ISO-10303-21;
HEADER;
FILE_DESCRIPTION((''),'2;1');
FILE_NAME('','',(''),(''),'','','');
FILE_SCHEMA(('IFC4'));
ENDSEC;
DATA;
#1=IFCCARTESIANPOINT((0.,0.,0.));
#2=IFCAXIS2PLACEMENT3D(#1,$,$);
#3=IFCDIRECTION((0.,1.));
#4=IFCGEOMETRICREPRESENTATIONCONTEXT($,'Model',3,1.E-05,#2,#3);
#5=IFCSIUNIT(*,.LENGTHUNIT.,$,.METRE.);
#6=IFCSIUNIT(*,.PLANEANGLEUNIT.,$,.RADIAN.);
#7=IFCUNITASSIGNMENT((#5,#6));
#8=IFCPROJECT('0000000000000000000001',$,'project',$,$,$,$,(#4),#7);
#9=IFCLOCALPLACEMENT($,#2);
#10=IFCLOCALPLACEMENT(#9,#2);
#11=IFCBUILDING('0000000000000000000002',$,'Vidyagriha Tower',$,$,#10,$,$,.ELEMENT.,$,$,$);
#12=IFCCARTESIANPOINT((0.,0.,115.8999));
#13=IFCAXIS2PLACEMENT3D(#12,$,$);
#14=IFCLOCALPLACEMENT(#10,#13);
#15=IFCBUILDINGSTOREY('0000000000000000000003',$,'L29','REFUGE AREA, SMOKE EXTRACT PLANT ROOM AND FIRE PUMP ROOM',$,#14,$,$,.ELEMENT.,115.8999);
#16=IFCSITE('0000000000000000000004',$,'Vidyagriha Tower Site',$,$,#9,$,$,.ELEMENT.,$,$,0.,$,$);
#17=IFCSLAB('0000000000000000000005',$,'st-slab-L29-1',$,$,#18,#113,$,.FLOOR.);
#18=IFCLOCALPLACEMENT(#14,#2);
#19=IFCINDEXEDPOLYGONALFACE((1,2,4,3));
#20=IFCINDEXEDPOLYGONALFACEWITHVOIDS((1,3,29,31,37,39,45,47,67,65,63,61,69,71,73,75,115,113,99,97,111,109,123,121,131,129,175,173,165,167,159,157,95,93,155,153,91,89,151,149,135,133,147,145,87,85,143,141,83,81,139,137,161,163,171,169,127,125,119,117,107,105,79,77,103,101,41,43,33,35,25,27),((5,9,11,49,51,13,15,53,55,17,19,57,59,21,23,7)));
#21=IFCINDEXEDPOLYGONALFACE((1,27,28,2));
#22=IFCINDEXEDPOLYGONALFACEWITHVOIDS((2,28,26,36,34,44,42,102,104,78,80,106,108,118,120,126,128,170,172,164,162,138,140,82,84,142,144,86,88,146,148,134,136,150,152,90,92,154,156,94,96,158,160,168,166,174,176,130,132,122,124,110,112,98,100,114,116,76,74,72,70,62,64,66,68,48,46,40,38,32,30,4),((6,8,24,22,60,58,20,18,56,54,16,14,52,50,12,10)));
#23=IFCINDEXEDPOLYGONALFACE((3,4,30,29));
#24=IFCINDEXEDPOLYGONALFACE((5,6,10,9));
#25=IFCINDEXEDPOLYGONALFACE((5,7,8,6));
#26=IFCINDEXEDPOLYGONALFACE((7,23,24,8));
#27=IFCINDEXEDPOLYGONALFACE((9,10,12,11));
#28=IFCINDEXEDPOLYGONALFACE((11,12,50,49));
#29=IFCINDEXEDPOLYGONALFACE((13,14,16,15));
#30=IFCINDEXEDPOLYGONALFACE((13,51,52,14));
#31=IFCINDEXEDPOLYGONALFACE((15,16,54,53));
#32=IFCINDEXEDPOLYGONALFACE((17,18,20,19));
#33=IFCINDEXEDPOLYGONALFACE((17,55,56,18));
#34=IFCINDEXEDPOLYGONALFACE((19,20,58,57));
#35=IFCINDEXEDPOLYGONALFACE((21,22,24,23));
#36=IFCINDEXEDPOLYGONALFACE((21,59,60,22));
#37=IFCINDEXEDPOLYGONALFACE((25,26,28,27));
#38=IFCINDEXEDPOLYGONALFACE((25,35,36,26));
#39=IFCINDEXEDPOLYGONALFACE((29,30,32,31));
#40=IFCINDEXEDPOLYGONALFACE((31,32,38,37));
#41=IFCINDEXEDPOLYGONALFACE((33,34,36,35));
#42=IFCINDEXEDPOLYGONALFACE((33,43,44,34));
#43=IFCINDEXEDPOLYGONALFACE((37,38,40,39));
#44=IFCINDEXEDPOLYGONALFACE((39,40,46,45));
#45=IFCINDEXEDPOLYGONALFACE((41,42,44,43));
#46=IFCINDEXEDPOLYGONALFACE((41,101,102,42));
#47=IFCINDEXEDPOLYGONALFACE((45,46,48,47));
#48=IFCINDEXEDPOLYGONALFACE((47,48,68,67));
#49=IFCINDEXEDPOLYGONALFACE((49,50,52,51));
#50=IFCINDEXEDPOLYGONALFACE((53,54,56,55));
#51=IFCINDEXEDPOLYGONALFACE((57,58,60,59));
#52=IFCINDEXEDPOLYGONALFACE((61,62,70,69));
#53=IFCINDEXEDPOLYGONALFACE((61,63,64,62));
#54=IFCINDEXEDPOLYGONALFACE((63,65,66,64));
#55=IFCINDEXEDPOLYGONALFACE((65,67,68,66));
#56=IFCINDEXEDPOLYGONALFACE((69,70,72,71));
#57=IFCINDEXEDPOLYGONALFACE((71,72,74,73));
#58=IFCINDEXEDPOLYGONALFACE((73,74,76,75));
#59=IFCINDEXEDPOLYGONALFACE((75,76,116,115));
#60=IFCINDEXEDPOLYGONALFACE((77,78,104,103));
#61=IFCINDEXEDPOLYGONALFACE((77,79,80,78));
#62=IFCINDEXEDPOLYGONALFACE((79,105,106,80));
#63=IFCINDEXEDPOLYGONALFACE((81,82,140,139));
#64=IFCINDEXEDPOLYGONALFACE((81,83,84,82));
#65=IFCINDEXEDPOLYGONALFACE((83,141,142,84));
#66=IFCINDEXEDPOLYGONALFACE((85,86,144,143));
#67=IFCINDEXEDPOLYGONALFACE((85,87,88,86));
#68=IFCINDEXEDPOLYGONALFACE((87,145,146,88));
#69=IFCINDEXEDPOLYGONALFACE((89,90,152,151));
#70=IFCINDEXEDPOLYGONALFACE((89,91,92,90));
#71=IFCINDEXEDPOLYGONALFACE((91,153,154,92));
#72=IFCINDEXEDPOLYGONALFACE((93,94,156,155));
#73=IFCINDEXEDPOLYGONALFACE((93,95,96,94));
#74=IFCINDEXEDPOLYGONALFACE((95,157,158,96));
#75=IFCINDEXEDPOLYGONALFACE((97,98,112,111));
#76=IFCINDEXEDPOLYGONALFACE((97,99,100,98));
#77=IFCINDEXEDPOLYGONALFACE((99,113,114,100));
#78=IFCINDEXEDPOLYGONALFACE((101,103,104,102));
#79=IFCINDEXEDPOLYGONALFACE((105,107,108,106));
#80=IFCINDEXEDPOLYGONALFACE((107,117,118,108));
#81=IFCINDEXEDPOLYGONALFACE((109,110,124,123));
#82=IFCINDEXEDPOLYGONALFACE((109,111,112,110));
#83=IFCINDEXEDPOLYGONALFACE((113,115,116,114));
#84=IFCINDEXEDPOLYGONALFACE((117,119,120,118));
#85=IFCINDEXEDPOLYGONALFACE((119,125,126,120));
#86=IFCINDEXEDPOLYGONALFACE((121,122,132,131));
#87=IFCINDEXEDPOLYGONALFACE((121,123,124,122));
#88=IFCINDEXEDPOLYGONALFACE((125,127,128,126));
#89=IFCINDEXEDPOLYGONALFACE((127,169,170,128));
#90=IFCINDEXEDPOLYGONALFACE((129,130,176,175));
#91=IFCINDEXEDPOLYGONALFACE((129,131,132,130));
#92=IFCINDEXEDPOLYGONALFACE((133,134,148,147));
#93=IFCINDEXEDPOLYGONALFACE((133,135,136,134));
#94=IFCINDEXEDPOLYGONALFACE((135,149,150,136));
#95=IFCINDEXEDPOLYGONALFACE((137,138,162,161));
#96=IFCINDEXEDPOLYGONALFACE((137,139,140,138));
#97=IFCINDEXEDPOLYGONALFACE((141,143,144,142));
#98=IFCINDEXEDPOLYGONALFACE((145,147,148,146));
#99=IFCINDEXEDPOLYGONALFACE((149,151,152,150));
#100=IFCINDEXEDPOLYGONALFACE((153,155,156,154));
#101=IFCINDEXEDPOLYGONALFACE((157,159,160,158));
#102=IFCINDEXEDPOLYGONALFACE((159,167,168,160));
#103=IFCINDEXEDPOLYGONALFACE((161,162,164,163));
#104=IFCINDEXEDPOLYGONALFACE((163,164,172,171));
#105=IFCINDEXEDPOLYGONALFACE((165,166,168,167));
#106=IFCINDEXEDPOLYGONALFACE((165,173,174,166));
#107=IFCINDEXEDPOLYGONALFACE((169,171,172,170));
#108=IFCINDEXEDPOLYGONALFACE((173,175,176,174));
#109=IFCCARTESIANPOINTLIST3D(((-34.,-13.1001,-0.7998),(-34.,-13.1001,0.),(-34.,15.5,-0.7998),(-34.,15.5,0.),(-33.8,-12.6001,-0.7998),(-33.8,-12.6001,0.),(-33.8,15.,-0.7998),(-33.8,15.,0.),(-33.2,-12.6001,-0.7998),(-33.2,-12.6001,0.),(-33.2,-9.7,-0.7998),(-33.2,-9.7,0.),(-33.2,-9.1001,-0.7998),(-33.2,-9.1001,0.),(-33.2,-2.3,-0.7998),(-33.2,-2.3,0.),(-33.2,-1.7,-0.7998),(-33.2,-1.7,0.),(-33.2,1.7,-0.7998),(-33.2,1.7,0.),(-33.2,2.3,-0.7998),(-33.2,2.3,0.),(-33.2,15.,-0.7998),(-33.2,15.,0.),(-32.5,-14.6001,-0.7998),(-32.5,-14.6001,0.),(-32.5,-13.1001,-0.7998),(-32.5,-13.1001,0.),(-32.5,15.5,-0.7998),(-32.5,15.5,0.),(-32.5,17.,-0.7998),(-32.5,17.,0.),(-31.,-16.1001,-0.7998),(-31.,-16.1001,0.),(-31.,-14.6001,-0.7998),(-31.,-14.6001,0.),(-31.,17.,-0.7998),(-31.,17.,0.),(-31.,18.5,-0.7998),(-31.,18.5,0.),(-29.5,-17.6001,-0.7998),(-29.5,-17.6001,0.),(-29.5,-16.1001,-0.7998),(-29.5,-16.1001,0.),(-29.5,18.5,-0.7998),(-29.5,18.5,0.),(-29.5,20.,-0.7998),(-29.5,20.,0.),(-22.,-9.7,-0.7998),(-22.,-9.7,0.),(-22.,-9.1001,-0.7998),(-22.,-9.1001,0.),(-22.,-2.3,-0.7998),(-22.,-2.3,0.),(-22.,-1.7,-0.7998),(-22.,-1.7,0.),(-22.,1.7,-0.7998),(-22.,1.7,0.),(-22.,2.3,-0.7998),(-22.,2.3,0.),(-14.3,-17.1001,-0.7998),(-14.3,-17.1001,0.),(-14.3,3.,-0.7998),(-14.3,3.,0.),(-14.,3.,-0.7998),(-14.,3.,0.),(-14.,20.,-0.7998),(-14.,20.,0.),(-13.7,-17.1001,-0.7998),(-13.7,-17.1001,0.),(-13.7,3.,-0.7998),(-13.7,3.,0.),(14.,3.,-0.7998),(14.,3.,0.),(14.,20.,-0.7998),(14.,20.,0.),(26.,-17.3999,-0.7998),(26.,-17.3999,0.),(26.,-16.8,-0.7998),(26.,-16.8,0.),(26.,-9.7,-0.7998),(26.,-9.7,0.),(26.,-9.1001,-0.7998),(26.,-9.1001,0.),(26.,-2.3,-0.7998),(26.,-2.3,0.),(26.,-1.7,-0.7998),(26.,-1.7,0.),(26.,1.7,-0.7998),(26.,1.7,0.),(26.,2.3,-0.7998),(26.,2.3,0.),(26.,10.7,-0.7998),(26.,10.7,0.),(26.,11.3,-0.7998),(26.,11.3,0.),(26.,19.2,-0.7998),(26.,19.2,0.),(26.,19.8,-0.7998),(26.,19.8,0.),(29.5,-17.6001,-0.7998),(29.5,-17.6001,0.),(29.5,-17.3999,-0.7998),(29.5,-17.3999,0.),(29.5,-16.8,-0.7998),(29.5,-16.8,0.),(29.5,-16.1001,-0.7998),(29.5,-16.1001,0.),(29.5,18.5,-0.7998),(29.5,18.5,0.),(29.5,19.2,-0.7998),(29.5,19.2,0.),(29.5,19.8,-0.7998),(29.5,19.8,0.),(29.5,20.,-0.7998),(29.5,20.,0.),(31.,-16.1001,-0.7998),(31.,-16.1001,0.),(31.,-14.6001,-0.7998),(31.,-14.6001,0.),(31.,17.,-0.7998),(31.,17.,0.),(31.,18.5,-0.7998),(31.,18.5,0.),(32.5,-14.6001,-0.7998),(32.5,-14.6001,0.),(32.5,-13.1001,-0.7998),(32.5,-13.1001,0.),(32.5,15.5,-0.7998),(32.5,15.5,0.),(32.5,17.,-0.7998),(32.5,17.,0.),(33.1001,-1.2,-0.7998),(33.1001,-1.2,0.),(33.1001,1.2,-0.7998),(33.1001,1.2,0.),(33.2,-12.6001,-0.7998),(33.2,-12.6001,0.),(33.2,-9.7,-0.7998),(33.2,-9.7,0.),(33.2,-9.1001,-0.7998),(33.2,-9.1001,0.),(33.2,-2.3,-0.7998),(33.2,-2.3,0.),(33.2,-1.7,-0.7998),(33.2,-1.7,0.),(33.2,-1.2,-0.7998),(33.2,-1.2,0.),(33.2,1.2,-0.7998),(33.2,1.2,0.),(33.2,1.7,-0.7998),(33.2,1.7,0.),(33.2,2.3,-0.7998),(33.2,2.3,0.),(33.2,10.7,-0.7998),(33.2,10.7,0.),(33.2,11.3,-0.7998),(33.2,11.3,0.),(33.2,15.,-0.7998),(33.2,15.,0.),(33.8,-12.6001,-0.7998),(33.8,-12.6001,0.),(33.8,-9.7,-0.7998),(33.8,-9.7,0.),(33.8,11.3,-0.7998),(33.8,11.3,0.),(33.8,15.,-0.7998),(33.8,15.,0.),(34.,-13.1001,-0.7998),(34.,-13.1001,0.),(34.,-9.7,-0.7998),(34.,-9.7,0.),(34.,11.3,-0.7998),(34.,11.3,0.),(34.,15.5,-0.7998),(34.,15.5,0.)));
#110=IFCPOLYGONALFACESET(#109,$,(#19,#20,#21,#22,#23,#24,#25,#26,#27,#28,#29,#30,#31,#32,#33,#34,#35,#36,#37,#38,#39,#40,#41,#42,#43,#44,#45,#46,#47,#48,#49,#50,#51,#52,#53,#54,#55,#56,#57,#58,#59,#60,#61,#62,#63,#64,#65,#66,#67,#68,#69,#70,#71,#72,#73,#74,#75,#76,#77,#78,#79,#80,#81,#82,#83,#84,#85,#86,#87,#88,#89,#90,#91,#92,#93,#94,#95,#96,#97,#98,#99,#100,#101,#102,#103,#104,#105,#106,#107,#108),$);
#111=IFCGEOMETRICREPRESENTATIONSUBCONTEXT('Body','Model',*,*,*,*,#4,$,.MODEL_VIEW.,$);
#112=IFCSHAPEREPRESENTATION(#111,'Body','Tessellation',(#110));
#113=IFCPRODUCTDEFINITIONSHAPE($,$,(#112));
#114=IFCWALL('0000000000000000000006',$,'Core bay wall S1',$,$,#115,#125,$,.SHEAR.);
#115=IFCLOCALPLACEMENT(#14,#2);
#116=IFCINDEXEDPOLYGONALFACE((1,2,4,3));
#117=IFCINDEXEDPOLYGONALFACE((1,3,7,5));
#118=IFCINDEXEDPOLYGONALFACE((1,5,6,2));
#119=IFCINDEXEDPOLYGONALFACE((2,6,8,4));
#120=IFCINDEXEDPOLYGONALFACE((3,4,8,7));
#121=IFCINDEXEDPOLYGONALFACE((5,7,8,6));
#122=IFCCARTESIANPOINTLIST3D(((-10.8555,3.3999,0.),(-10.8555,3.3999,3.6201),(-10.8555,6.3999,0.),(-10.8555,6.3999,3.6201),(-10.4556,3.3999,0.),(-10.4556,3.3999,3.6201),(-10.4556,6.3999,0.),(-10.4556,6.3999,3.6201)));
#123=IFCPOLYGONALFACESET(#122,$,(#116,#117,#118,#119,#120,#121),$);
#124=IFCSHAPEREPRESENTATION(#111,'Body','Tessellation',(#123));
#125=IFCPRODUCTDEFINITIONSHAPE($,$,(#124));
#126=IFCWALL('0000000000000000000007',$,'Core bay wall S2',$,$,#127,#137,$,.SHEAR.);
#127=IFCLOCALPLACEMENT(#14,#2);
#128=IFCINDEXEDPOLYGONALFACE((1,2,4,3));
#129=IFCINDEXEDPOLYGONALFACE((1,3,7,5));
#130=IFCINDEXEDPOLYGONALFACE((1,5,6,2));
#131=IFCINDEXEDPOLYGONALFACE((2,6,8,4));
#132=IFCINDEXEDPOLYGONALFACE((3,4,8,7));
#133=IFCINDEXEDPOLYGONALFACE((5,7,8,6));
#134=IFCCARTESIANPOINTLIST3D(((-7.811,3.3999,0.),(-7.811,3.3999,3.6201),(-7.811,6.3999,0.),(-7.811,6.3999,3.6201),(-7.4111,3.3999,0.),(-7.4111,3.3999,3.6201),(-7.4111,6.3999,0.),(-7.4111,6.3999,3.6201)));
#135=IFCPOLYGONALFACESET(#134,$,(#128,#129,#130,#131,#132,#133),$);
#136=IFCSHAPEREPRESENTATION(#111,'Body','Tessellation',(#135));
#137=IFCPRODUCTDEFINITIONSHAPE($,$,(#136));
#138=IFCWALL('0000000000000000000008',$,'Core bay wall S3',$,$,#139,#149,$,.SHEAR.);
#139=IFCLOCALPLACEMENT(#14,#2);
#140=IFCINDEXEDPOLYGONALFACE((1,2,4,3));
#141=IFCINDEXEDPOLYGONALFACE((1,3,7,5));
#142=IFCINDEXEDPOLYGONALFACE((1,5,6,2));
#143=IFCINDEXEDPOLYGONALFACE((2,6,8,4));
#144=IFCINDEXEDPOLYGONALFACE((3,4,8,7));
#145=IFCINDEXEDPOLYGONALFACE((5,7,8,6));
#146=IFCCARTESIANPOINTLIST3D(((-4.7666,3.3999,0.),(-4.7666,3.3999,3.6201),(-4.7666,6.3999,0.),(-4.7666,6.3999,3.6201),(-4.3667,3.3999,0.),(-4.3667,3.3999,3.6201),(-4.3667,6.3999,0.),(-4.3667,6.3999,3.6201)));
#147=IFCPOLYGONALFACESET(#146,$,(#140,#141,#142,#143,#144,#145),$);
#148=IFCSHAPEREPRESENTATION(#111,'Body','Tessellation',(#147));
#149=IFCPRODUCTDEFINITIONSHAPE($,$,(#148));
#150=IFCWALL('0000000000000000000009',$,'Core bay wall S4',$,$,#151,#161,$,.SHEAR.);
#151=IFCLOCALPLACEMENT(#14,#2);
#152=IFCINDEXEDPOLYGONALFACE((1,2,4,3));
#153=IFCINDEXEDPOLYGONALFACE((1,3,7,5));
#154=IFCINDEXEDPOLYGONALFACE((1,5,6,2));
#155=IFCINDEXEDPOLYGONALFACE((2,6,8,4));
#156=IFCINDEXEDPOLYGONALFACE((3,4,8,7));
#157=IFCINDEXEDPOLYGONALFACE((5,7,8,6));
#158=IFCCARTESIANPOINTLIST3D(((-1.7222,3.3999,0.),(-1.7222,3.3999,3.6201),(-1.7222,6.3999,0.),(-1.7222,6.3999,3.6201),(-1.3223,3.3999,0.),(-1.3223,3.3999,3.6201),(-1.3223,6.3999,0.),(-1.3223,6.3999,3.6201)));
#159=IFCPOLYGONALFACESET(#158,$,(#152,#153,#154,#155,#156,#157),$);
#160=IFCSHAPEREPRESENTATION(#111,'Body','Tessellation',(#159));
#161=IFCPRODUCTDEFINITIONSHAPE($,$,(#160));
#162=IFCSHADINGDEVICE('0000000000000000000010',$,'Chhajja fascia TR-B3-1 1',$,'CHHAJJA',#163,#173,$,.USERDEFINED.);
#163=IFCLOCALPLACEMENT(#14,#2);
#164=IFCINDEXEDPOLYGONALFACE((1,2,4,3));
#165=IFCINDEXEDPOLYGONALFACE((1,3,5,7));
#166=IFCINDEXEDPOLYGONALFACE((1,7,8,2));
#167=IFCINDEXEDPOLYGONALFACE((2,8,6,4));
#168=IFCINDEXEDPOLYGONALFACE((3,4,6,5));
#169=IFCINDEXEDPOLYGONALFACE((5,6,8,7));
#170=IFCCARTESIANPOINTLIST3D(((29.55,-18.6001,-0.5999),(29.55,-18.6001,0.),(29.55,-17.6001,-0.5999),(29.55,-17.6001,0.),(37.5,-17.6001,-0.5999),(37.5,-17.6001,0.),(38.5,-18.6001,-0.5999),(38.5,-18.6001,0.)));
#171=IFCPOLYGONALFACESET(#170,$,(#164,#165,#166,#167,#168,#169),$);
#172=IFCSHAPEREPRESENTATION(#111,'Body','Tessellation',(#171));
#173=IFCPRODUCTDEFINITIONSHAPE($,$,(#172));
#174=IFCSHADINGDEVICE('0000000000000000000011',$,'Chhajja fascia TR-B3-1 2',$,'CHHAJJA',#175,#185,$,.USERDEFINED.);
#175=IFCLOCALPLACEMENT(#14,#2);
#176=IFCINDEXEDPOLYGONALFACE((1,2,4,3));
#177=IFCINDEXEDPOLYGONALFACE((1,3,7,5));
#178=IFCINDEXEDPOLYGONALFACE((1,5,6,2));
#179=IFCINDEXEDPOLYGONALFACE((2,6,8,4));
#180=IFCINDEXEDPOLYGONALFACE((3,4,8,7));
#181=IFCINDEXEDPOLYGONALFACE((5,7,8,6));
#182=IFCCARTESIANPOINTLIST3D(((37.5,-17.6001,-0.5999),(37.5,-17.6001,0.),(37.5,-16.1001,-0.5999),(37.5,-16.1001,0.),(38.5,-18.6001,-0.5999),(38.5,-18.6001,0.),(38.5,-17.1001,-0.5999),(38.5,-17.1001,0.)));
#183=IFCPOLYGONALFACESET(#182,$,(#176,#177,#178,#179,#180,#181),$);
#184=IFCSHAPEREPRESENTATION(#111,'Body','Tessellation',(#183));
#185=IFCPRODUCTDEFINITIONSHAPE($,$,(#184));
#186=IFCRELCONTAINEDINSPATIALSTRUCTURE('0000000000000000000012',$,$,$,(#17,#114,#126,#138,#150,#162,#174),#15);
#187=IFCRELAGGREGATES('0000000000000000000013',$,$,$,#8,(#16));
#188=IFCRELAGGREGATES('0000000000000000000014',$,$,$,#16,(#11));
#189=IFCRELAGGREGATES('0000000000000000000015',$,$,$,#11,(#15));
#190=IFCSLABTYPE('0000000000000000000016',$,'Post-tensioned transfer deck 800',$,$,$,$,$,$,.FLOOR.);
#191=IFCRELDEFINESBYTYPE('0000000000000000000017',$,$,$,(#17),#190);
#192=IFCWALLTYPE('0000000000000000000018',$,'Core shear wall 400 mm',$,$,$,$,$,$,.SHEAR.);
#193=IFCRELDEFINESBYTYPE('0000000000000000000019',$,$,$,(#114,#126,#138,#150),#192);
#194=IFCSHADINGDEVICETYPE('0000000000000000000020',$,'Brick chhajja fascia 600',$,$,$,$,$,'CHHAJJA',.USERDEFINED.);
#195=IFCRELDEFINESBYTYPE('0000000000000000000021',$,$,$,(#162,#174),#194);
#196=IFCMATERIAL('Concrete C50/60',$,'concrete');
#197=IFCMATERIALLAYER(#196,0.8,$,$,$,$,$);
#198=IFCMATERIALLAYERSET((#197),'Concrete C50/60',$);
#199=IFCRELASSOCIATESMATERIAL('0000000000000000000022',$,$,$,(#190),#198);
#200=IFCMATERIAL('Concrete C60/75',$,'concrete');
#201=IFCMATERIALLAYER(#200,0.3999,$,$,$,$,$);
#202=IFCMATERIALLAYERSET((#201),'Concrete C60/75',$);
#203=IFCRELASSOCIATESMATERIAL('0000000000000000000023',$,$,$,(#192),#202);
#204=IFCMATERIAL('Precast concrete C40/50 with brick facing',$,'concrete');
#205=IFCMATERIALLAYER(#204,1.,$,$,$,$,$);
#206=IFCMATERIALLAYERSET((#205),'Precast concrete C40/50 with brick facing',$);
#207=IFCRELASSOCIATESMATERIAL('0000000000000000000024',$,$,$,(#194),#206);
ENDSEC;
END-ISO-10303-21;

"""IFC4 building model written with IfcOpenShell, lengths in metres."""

from ifc_helpers import new_model, si_unit, direction, frame, frame_2d, origin, place, context, subcontext, project, spatial, polyline, rectangle, outline, extrude, material, layer, layer_set, type_object, element, save


model = new_model("IFC4")

# Units and contexts
model_context = context("Model", 3, precision=1e-05, world=origin(), true_north=direction((0.0, 1.0)))
body_context = subcontext(model_context, "Body", "Model", "MODEL_VIEW")
ifc_project = project(units=[si_unit("LENGTHUNIT", "METRE"), si_unit("PLANEANGLEUNIT", "RADIAN")], contexts=[model_context])

# Site, building, storey
site_placement = place(None, origin())
site = spatial("IfcSite", under=ifc_project, at=site_placement, Name="Vidyagriha Tower Site", CompositionType="ELEMENT", RefElevation=0.0)
building_placement = place(site_placement, origin())
building = spatial("IfcBuilding", under=site, at=building_placement, Name="Vidyagriha Tower", CompositionType="ELEMENT")
storey_placement = place(building_placement, frame((0.0, 0.0, 115.8999)))
storey = spatial("IfcBuildingStorey", under=building, at=storey_placement, Name="L29", Description="REFUGE AREA, SMOKE EXTRACT PLANT ROOM AND FIRE PUMP ROOM", CompositionType="ELEMENT", Elevation=115.8999)

# Slab
ifc_material_1 = material(Name="Concrete C50/60", Category="concrete")
ifc_layer_1 = layer(ifc_material_1, 0.8)
ifc_layer_set_1 = layer_set([ifc_layer_1], Name="Concrete C50/60")
slab_type_1 = type_object("IfcSlabType", Name="Post-tensioned transfer deck 800", PredefinedType="FLOOR", material=ifc_layer_set_1)
slab_1_placement = place(storey_placement, frame((0.0, 0.0, -0.7998)))
element("IfcSlab", 1, at=slab_1_placement, inside=storey, type_object=slab_type_1, Name="st-slab-L29-1", PredefinedType="FLOOR", context=body_context, shape_type="SweptSolid", body=[
    extrude(outline(polyline([(31.0, -14.6001), (31.0, -16.1001), (29.5, -16.1001), (29.5, -16.8), (26.0, -16.8), (26.0, -17.3999), (29.5, -17.3999), (29.5, -17.6001), (-29.5, -17.6001), (-29.5, -16.1001), (-31.0, -16.1001), (-31.0, -14.6001), (-32.5, -14.6001), (-32.5, -13.1001), (-34.0, -13.1001), (-34.0, 15.5), (-32.5, 15.5), (-32.5, 17.0), (-31.0, 17.0), (-31.0, 18.5), (-29.5, 18.5), (-29.5, 20.0), (-14.0, 20.0), (-14.0, 3.0), (-14.3, 3.0), (-14.3, -17.1001), (-13.7, -17.1001), (-13.7, 3.0), (14.0, 3.0), (14.0, 20.0), (29.5, 20.0), (29.5, 19.8), (26.0, 19.8), (26.0, 19.2), (29.5, 19.2), (29.5, 18.5), (31.0, 18.5), (31.0, 17.0), (32.5, 17.0), (32.5, 15.5), (34.0, 15.5), (34.0, 11.3), (33.8, 11.3), (33.8, 15.0), (33.2, 15.0), (33.2, 11.3), (26.0, 11.3), (26.0, 10.7), (33.2, 10.7), (33.2, 2.3), (26.0, 2.3), (26.0, 1.7), (33.2, 1.7), (33.2, 1.2), (33.1001, 1.2), (33.1001, -1.2), (33.2, -1.2), (33.2, -1.7), (26.0, -1.7), (26.0, -2.3), (33.2, -2.3), (33.2, -9.1001), (26.0, -9.1001), (26.0, -9.7), (33.2, -9.7), (33.2, -12.6001), (33.8, -12.6001), (33.8, -9.7), (34.0, -9.7), (34.0, -13.1001), (32.5, -13.1001), (32.5, -14.6001), (31.0, -14.6001)]), holes=[polyline([(-22.0, -9.1001), (-33.2, -9.1001), (-33.2, -2.3), (-22.0, -2.3), (-22.0, -1.7), (-33.2, -1.7), (-33.2, 1.7), (-22.0, 1.7), (-22.0, 2.3), (-33.2, 2.3), (-33.2, 15.0), (-33.8, 15.0), (-33.8, -12.6001), (-33.2, -12.6001), (-33.2, -9.7), (-22.0, -9.7), (-22.0, -9.1001)])]), origin(), (0.0, 0.0, 1.0), 0.7998),
])

# Walls
ifc_material_2 = material(Name="Concrete C60/75", Category="concrete")
ifc_layer_2 = layer(ifc_material_2, 0.3999)
ifc_layer_set_2 = layer_set([ifc_layer_2], Name="Concrete C60/75")
wall_type = type_object("IfcWallType", Name="Core shear wall 400 mm", PredefinedType="SHEAR", material=ifc_layer_set_2)
for number, where, z_axis, x_axis, name in (
    (2, (-10.6555, 3.3999, 0.0), (0.0, 0.0, 1.0), (0.0, 1.0, 0.0), "Core bay wall S1"),
    (3, (-7.6111, 3.3999, 0.0), (0.0, 0.0, 1.0), (0.0, 1.0, 0.0), "Core bay wall S2"),
    (4, (-4.5667, 3.3999, 0.0), (0.0, 0.0, 1.0), (0.0, 1.0, 0.0), "Core bay wall S3"),
    (5, (-1.5222, 3.3999, 0.0), (0.0, 0.0, 1.0), (0.0, 1.0, 0.0), "Core bay wall S4"),
):
    element("IfcWall", number, at=place(storey_placement, frame(where, z_axis=z_axis, x_axis=x_axis)), inside=storey, type_object=wall_type, Name=name, PredefinedType="SHEAR", context=body_context, shape_type="SweptSolid", body=[
        extrude(rectangle(XDim=3.0, YDim=0.3999, at=frame_2d((1.5, 0.0))), origin(), (0.0, 0.0, 1.0), 3.6201),
    ])

# Shading devices
ifc_material_3 = material(Name="Precast concrete C40/50 with brick facing", Category="concrete")
ifc_layer_3 = layer(ifc_material_3, 1.0)
ifc_layer_set_3 = layer_set([ifc_layer_3], Name="Precast concrete C40/50 with brick facing")
shading_device_type = type_object("IfcShadingDeviceType", Name="Brick chhajja fascia 600", ElementType="CHHAJJA", PredefinedType="USERDEFINED", material=ifc_layer_set_3)
shading_device_1_placement = place(storey_placement, frame((0.0, 0.0, -0.5999)))
element("IfcShadingDevice", 6, at=shading_device_1_placement, inside=storey, type_object=shading_device_type, Name="Chhajja fascia TR-B3-1 1", ObjectType="CHHAJJA", PredefinedType="USERDEFINED", context=body_context, shape_type="SweptSolid", body=[
    extrude(outline(polyline([(29.55, -17.6001), (29.55, -18.6001), (38.5, -18.6001), (37.5, -17.6001), (29.55, -17.6001)])), origin(), (0.0, 0.0, 1.0), 0.5999),
])
shading_device_2_placement = place(storey_placement, frame((0.0, 0.0, -0.5999)))
element("IfcShadingDevice", 7, at=shading_device_2_placement, inside=storey, type_object=shading_device_type, Name="Chhajja fascia TR-B3-1 2", ObjectType="CHHAJJA", PredefinedType="USERDEFINED", context=body_context, shape_type="SweptSolid", body=[
    extrude(outline(polyline([(37.5, -17.6001), (38.5, -18.6001), (38.5, -17.1001), (37.5, -16.1001), (37.5, -17.6001)])), origin(), (0.0, 0.0, 1.0), 0.5999),
])

save(model, "model.ifc")
